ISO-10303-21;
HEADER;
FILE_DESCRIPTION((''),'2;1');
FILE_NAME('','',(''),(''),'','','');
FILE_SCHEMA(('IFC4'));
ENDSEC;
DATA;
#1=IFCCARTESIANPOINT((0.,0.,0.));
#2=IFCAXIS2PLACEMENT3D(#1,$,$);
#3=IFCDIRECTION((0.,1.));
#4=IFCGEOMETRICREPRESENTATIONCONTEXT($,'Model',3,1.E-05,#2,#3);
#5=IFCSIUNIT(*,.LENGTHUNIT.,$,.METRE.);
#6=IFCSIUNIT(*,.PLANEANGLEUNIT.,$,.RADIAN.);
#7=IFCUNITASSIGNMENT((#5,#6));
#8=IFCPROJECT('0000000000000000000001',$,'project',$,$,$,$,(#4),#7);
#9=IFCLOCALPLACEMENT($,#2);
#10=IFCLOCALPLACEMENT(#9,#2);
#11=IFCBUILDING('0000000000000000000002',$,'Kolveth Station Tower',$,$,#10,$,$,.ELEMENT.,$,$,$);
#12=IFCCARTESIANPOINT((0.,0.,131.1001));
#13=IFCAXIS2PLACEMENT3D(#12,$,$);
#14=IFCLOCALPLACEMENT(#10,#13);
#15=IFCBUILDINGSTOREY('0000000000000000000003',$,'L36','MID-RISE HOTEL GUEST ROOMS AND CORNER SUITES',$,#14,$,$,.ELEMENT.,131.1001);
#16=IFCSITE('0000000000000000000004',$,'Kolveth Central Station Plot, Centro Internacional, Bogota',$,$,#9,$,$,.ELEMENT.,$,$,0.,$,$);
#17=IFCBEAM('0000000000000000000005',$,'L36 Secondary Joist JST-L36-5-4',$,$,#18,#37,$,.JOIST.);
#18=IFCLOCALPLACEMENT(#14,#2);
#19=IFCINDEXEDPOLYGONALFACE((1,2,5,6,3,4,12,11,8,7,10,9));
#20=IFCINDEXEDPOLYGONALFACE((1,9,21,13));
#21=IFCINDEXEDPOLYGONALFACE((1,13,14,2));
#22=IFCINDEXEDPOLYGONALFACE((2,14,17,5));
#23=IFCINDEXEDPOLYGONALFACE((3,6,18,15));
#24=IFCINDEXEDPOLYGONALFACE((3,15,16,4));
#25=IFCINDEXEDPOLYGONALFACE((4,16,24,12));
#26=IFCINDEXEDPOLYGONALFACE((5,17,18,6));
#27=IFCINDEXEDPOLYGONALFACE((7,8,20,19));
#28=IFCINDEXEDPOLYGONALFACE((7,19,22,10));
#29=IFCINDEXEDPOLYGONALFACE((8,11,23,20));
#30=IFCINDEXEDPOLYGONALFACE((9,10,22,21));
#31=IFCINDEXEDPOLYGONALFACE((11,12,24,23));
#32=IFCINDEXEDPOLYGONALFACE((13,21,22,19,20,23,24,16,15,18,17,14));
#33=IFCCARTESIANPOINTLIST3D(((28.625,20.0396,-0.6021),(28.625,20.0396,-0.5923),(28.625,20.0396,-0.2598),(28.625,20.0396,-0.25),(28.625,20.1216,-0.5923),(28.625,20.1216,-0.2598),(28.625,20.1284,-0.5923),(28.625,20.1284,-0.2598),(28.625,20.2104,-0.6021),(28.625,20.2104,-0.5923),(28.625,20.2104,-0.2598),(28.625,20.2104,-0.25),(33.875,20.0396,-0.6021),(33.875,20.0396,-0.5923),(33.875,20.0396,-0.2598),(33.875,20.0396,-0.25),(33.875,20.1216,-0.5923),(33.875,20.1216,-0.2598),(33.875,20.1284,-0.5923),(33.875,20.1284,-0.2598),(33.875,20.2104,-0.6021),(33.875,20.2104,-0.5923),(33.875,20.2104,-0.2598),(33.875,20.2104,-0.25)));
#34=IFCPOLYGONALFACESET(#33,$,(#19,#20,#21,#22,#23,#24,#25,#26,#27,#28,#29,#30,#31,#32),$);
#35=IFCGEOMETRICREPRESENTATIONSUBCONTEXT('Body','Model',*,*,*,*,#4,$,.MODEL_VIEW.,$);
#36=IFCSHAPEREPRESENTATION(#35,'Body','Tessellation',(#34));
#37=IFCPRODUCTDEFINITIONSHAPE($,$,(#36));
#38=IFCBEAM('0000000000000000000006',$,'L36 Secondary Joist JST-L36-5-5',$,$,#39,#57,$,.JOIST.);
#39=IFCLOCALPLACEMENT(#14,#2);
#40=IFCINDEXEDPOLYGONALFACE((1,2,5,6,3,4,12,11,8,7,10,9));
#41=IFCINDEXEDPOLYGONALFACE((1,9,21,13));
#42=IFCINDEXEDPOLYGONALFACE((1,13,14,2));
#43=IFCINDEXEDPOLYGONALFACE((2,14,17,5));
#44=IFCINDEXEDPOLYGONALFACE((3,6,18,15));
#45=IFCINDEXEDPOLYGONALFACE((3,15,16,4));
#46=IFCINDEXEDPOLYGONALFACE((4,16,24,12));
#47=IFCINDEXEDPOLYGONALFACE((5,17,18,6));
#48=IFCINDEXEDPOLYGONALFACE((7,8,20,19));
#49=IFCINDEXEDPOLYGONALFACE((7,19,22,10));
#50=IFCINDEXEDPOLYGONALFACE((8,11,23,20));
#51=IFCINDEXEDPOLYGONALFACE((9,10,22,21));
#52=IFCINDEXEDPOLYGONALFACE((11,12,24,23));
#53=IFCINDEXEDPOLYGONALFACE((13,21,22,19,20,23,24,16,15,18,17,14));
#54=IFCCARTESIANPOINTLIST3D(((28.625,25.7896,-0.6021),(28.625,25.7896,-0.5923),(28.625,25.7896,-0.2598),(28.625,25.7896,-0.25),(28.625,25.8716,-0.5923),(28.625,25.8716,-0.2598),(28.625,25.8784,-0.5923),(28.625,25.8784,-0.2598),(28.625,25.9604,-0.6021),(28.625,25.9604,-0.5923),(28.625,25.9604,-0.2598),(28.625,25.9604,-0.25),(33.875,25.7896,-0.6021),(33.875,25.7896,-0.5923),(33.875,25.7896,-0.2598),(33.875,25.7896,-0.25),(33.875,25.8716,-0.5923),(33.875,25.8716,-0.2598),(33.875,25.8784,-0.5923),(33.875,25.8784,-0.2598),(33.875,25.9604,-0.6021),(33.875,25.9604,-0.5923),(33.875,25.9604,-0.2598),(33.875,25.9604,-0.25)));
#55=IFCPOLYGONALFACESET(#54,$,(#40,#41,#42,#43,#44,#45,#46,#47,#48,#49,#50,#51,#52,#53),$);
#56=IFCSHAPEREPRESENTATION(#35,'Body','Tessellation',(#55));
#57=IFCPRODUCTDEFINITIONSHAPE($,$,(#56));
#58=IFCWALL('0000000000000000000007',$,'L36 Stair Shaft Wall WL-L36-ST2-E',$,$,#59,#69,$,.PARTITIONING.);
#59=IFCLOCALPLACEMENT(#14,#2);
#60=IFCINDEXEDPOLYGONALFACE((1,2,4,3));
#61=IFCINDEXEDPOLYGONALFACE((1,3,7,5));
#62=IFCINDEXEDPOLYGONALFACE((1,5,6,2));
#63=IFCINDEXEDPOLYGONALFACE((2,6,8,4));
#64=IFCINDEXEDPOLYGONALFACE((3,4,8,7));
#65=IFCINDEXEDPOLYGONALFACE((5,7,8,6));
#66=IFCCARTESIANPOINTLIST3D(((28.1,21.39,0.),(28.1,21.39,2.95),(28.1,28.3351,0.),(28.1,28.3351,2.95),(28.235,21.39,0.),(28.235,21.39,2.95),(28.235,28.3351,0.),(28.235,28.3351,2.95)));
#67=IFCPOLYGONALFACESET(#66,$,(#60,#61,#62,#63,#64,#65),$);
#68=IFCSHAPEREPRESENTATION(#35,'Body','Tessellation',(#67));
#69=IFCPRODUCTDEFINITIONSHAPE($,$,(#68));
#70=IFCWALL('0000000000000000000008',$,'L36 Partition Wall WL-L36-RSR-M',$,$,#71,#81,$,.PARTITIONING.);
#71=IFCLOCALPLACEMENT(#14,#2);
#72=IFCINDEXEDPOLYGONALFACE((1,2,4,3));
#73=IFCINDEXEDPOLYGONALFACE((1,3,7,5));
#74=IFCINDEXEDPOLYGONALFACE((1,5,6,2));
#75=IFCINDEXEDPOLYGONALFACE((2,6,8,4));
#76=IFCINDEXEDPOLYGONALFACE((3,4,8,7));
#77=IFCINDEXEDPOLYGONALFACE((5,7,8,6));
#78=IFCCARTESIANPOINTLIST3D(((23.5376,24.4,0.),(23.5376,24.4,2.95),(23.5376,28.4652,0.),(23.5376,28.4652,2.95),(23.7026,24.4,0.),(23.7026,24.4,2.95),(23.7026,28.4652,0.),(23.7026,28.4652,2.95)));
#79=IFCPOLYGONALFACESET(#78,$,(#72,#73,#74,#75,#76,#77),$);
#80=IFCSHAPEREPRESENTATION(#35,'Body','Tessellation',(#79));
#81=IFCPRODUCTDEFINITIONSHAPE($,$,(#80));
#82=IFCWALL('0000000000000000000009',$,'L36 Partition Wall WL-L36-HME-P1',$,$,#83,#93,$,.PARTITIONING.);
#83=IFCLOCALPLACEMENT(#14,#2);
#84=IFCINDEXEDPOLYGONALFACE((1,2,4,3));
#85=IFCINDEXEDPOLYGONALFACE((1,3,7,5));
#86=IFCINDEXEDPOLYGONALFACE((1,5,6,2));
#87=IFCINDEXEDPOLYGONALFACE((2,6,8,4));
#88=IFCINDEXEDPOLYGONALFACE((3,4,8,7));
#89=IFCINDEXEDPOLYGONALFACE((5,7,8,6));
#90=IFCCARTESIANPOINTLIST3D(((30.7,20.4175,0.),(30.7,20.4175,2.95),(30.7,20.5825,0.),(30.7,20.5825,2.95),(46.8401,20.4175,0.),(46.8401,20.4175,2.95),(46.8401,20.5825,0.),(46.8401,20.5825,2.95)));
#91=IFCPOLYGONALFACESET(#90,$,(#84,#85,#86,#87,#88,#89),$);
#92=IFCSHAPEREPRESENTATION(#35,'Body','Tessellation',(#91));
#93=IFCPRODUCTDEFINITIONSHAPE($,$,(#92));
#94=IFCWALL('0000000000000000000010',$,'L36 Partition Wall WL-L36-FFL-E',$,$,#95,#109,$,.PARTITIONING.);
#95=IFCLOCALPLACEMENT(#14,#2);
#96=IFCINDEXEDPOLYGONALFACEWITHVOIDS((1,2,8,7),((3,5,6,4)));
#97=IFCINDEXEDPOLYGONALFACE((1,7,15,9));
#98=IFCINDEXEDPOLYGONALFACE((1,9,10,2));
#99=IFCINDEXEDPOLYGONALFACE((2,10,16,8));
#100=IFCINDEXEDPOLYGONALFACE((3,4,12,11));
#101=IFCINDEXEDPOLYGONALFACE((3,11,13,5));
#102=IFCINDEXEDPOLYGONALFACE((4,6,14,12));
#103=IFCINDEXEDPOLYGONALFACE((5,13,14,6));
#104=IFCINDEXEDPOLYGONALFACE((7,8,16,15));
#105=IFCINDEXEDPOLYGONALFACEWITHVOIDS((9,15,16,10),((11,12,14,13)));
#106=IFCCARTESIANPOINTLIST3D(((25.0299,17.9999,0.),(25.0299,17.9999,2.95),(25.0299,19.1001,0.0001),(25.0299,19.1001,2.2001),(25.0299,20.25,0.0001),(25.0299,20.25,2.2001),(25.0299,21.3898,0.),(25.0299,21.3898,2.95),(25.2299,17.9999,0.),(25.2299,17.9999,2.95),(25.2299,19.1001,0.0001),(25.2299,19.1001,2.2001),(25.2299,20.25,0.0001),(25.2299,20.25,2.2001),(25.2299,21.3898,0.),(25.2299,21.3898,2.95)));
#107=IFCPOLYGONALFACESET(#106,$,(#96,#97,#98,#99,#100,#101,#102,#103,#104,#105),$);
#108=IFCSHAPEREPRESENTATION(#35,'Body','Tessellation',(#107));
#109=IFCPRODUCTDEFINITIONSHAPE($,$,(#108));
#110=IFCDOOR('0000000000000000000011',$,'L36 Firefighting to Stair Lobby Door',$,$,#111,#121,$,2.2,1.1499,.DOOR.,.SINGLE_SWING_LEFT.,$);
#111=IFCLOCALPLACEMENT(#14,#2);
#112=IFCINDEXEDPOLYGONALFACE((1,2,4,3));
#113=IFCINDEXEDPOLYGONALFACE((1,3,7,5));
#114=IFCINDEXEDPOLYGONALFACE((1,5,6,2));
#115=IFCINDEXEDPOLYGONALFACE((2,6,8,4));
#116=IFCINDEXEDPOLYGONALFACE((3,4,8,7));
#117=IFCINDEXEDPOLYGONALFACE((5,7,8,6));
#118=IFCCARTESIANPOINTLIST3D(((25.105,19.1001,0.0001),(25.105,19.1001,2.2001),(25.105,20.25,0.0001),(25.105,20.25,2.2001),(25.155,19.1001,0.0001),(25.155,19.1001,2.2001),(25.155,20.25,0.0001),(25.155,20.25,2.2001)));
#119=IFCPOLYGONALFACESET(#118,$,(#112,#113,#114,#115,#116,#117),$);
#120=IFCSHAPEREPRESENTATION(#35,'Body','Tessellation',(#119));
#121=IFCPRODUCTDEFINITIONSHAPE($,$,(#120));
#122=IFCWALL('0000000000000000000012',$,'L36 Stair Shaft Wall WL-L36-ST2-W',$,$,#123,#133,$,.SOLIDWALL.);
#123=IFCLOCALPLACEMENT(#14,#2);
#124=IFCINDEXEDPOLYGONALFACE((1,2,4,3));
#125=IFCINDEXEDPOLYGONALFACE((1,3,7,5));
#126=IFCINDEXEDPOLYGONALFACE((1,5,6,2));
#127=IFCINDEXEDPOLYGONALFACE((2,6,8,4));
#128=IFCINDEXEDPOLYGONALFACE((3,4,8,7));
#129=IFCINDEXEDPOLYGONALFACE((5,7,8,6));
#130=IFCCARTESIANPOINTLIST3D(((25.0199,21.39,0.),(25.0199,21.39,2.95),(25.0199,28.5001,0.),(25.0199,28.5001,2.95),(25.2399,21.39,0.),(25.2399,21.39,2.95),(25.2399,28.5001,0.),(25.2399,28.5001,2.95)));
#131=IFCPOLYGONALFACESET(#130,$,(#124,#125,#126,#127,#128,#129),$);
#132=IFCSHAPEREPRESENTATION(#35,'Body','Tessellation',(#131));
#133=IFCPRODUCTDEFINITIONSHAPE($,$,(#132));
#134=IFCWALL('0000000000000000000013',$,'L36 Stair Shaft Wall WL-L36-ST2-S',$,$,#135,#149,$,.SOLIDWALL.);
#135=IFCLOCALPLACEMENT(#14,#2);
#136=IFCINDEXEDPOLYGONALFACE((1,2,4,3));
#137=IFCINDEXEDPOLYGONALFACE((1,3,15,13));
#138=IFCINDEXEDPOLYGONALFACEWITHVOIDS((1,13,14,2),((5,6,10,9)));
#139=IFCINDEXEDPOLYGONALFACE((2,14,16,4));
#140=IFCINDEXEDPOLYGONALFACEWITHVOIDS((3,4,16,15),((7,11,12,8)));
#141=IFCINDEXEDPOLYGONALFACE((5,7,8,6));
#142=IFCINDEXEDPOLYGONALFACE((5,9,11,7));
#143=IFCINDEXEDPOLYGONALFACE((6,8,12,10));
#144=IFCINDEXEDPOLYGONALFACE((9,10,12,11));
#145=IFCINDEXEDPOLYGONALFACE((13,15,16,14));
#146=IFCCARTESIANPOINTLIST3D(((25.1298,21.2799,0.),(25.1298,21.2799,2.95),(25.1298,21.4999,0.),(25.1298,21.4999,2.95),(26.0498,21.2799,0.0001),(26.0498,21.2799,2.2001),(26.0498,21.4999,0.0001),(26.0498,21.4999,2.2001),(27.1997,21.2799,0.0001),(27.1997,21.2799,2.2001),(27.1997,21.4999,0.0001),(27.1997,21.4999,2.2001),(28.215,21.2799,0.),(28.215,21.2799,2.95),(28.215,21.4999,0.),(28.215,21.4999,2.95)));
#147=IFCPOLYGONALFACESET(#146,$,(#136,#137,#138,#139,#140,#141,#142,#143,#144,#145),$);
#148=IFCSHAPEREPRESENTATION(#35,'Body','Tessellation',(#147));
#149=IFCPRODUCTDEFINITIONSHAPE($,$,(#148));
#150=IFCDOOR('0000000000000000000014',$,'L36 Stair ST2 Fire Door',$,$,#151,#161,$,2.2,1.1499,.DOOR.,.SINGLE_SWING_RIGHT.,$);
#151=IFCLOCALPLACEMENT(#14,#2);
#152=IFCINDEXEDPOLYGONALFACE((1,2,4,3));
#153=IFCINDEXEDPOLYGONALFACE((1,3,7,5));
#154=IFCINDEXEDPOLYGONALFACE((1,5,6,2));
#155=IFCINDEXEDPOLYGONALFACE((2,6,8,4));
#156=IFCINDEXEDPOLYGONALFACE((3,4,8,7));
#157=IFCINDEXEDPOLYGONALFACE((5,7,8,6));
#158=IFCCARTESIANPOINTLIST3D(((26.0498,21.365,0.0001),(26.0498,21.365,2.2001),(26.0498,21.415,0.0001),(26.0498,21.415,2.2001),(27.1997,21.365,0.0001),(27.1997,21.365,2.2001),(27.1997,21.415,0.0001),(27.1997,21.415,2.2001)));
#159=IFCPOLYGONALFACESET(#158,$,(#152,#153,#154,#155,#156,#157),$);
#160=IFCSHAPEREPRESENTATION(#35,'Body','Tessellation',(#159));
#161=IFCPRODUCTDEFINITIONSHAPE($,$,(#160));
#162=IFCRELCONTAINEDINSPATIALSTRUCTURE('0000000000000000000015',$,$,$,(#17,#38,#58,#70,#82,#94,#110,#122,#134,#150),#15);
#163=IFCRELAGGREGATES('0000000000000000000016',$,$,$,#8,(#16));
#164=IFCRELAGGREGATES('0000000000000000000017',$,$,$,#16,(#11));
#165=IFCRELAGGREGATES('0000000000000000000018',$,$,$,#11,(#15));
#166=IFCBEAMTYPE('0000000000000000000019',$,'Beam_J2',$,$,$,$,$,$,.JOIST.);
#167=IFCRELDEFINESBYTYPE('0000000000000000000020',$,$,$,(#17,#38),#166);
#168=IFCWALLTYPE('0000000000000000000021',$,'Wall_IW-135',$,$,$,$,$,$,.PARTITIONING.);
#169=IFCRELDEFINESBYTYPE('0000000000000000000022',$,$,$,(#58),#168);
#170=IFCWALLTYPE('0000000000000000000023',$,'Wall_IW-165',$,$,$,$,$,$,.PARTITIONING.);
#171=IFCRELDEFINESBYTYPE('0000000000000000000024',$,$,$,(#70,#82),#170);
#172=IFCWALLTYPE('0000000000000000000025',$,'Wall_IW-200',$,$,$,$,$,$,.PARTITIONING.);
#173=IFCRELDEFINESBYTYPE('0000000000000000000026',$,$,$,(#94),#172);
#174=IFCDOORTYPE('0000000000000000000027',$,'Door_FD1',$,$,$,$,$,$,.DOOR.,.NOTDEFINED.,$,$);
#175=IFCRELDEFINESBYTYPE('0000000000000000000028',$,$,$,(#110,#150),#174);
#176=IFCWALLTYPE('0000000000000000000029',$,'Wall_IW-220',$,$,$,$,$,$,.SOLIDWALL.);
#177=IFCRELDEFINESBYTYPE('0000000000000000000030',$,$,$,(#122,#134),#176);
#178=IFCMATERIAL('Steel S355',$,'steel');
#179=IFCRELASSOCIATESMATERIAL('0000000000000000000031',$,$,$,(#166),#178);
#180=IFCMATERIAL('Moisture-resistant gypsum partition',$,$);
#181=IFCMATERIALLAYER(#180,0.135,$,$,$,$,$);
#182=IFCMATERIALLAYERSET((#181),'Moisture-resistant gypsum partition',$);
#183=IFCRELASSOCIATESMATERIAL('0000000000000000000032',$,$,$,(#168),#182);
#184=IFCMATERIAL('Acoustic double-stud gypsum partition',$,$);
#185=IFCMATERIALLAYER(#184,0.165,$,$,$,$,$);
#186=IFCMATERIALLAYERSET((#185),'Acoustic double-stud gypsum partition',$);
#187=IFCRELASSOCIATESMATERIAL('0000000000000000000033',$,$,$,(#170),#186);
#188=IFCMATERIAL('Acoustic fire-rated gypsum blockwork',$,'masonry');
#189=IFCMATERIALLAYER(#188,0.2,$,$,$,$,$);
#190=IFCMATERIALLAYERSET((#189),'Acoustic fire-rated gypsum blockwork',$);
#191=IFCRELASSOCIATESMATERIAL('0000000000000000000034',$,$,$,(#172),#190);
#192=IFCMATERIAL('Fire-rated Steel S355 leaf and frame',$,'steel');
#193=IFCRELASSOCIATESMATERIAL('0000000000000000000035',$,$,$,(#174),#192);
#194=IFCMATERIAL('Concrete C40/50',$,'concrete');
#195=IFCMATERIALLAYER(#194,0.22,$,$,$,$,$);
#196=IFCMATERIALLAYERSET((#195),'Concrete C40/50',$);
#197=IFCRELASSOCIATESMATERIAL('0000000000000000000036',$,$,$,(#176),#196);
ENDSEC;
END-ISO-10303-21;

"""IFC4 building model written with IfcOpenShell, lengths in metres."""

from ifc_helpers import new_model, si_unit, direction, frame, frame_2d, origin, origin_2d, place, context, subcontext, project, spatial, rectangle, i_section, extrude, source, transform, mapped, material, layer, layer_set, material_profile, profile_set, type_object, element, fill, save


model = new_model("IFC4")

# Units and contexts
model_context = context("Model", 3, precision=1e-05, world=origin(), true_north=direction((0.0, 1.0)))
body_context = subcontext(model_context, "Body", "Model", "MODEL_VIEW")
ifc_project = project(units=[si_unit("LENGTHUNIT", "METRE"), si_unit("PLANEANGLEUNIT", "RADIAN")], contexts=[model_context])

# Site, building, storey
site_placement = place(None, origin())
site = spatial("IfcSite", under=ifc_project, at=site_placement, Name="Kolveth Central Station Plot, Centro Internacional, Bogota", CompositionType="ELEMENT", RefElevation=0.0)
building_placement = place(site_placement, origin())
building = spatial("IfcBuilding", under=site, at=building_placement, Name="Kolveth Station Tower", CompositionType="ELEMENT")
storey_placement = place(building_placement, frame((0.0, 0.0, 131.1001)))
storey = spatial("IfcBuildingStorey", under=building, at=storey_placement, Name="L36", Description="MID-RISE HOTEL GUEST ROOMS AND CORNER SUITES", CompositionType="ELEMENT", Elevation=131.1001)

# Shared definitions
ifc_material_1 = material(Name="Steel S355", Category="steel")

# Beams
ifc_material_profile_1 = material_profile(ifc_material_1, i_section(OverallWidth=0.1709, OverallDepth=0.3521, WebThickness=0.0068, FlangeThickness=0.0098, at=origin_2d()), Name="W360x44")
ifc_profile_set_1 = profile_set([ifc_material_profile_1], Name="Steel S355")
beam_type_1 = type_object("IfcBeamType", Name="Beam_J2", PredefinedType="JOIST", material=ifc_profile_set_1)
shared_shape_1 = source(origin(), body_context, "Body", "SweptSolid", [
    extrude(i_section(OverallWidth=0.1709, OverallDepth=0.3521, WebThickness=0.0068, FlangeThickness=0.0098, at=origin_2d()), origin(), (0.0, 0.0, 1.0), 5.25),
])
for number, where, z_axis, x_axis, name in (
    (1, (28.625, 20.125, -0.426), (1.0, 0.0, 0.0), (0.0, 1.0, 0.0), "L36 Secondary Joist JST-L36-5-4"),
    (2, (28.625, 25.875, -0.426), (1.0, 0.0, 0.0), (0.0, 1.0, 0.0), "L36 Secondary Joist JST-L36-5-5"),
):
    element("IfcBeam", number, at=place(storey_placement, frame(where, z_axis=z_axis, x_axis=x_axis)), inside=storey, type_object=beam_type_1, Name=name, PredefinedType="JOIST", context=body_context, shape_type="MappedRepresentation", body=[
        mapped(shared_shape_1, transform((0.0, 0.0, 0.0), x_axis=(1.0, 0.0, 0.0), y_axis=(0.0, 1.0, 0.0), z_axis=(0.0, 0.0, 1.0), scale=1.0)),
    ])

# Walls
ifc_material_2 = material(Name="Moisture-resistant gypsum partition")
ifc_layer_1 = layer(ifc_material_2, 0.135)
ifc_layer_set_1 = layer_set([ifc_layer_1], Name="Moisture-resistant gypsum partition")
wall_type_1 = type_object("IfcWallType", Name="Wall_IW-135", PredefinedType="PARTITIONING", material=ifc_layer_set_1)
wall_1_placement = place(storey_placement, frame((28.1675, 21.3899, 0.0), z_axis=(0.0, 0.0, 1.0), x_axis=(0.0, 1.0, 0.0)))
element("IfcWall", 3, at=wall_1_placement, inside=storey, type_object=wall_type_1, Name="L36 Stair Shaft Wall WL-L36-ST2-E", PredefinedType="PARTITIONING", context=body_context, shape_type="SweptSolid", body=[
    extrude(rectangle(XDim=6.9451, YDim=0.135, at=frame_2d((3.4727, 0.0))), origin(), (0.0, 0.0, 1.0), 2.95),
])
ifc_material_3 = material(Name="Acoustic double-stud gypsum partition")
ifc_layer_2 = layer(ifc_material_3, 0.165)
ifc_layer_set_2 = layer_set([ifc_layer_2], Name="Acoustic double-stud gypsum partition")
wall_type_2 = type_object("IfcWallType", Name="Wall_IW-165", PredefinedType="PARTITIONING", material=ifc_layer_set_2)
wall_2_placement = place(storey_placement, frame((23.6201, 24.3999, 0.0), z_axis=(0.0, 0.0, 1.0), x_axis=(0.0, 1.0, 0.0)))
element("IfcWall", 4, at=wall_2_placement, inside=storey, type_object=wall_type_2, Name="L36 Partition Wall WL-L36-RSR-M", PredefinedType="PARTITIONING", context=body_context, shape_type="SweptSolid", body=[
    extrude(rectangle(XDim=4.0652, YDim=0.165, at=frame_2d((2.0327, 0.0))), origin(), (0.0, 0.0, 1.0), 2.95),
])
wall_3_placement = place(storey_placement, frame((30.7, 20.5, 0.0), z_axis=(0.0, 0.0, 1.0), x_axis=(1.0, 0.0, 0.0)))
element("IfcWall", 5, at=wall_3_placement, inside=storey, type_object=wall_type_2, Name="L36 Partition Wall WL-L36-HME-P1", PredefinedType="PARTITIONING", context=body_context, shape_type="SweptSolid", body=[
    extrude(rectangle(XDim=16.1401, YDim=0.165, at=frame_2d((8.0701, 0.0))), origin(), (0.0, 0.0, 1.0), 2.95),
])

# Wall, opening, door
ifc_material_4 = material(Name="Acoustic fire-rated gypsum blockwork", Category="masonry")
ifc_layer_3 = layer(ifc_material_4, 0.2)
ifc_layer_set_3 = layer_set([ifc_layer_3], Name="Acoustic fire-rated gypsum blockwork")
wall_type_3 = type_object("IfcWallType", Name="Wall_IW-200", PredefinedType="PARTITIONING", material=ifc_layer_set_3)
wall_4_placement = place(storey_placement, frame((25.1299, 18.0, 0.0), z_axis=(0.0, 0.0, 1.0), x_axis=(0.0, 1.0, 0.0)))
wall_4 = element("IfcWall", 6, at=wall_4_placement, inside=storey, type_object=wall_type_3, Name="L36 Partition Wall WL-L36-FFL-E", PredefinedType="PARTITIONING", context=body_context, shape_type="SweptSolid", body=[
    extrude(rectangle(XDim=3.3899, YDim=0.2, at=frame_2d((1.6948, 0.0))), origin(), (0.0, 0.0, 1.0), 2.95),
])
opening_1_placement = place(wall_4_placement, frame((1.1001, 0.0, 0.0)))
opening_1 = element("IfcOpeningElement", 7, at=opening_1_placement, cuts=wall_4, PredefinedType="OPENING", context=body_context, shape_type="SweptSolid", body=[
    extrude(rectangle(XDim=1.1499, YDim=2.2, at=frame_2d((0.575, 1.1001))), frame((0.0, 0.1099, 0.0), z_axis=(0.0, -1.0, 0.0), x_axis=(1.0, 0.0, 0.0)), (0.0, 0.0, 1.0), 0.22),
])
ifc_material_5 = material(Name="Fire-rated Steel S355 leaf and frame", Category="steel")
door_type = type_object("IfcDoorType", Name="Door_FD1", OperationType="NOTDEFINED", PredefinedType="DOOR", material=ifc_material_5)
door_1_placement = place(opening_1_placement, origin())
door_1 = element("IfcDoor", 8, at=door_1_placement, inside=storey, type_object=door_type, Name="L36 Firefighting to Stair Lobby Door", OperationType="SINGLE_SWING_LEFT", OverallHeight=2.2, OverallWidth=1.1499, PredefinedType="DOOR", context=body_context, shape_type="SweptSolid", body=[
    extrude(rectangle(XDim=1.1499, YDim=2.2, at=frame_2d((0.575, 1.1001))), frame((0.0, 0.0249, 0.0), z_axis=(0.0, -1.0, 0.0), x_axis=(1.0, 0.0, 0.0)), (0.0, 0.0, 1.0), 0.05),
])
fill(opening_1, door_1)

# Wall
ifc_material_6 = material(Name="Concrete C40/50", Category="concrete")
ifc_layer_4 = layer(ifc_material_6, 0.22)
ifc_layer_set_4 = layer_set([ifc_layer_4], Name="Concrete C40/50")
wall_type_4 = type_object("IfcWallType", Name="Wall_IW-220", PredefinedType="SOLIDWALL", material=ifc_layer_set_4)
wall_5_placement = place(storey_placement, frame((25.1299, 21.3899, 0.0), z_axis=(0.0, 0.0, 1.0), x_axis=(0.0, 1.0, 0.0)))
element("IfcWall", 9, at=wall_5_placement, inside=storey, type_object=wall_type_4, Name="L36 Stair Shaft Wall WL-L36-ST2-W", PredefinedType="SOLIDWALL", context=body_context, shape_type="SweptSolid", body=[
    extrude(rectangle(XDim=7.1101, YDim=0.22, at=frame_2d((3.5552, 0.0))), origin(), (0.0, 0.0, 1.0), 2.95),
])

# Wall, opening, door
wall_6_placement = place(storey_placement, frame((25.1299, 21.3899, 0.0), z_axis=(0.0, 0.0, 1.0), x_axis=(1.0, 0.0, 0.0)))
wall_6 = element("IfcWall", 10, at=wall_6_placement, inside=storey, type_object=wall_type_4, Name="L36 Stair Shaft Wall WL-L36-ST2-S", PredefinedType="SOLIDWALL", context=body_context, shape_type="SweptSolid", body=[
    extrude(rectangle(XDim=3.0852, YDim=0.22, at=frame_2d((1.5425, 0.0))), origin(), (0.0, 0.0, 1.0), 2.95),
])
opening_2_placement = place(wall_6_placement, frame((0.9199, 0.0, 0.0)))
opening_2 = element("IfcOpeningElement", 11, at=opening_2_placement, cuts=wall_6, PredefinedType="OPENING", context=body_context, shape_type="SweptSolid", body=[
    extrude(rectangle(XDim=1.1499, YDim=2.2, at=frame_2d((0.575, 1.1001))), frame((0.0, 0.1199, 0.0), z_axis=(0.0, -1.0, 0.0), x_axis=(1.0, 0.0, 0.0)), (0.0, 0.0, 1.0), 0.24),
])
door_2_placement = place(opening_2_placement, frame((1.1499, 0.0, 0.0), z_axis=(0.0, 0.0, 1.0), x_axis=(-1.0, 0.0, 0.0)))
door_2 = element("IfcDoor", 12, at=door_2_placement, inside=storey, type_object=door_type, Name="L36 Stair ST2 Fire Door", OperationType="SINGLE_SWING_RIGHT", OverallHeight=2.2, OverallWidth=1.1499, PredefinedType="DOOR", context=body_context, shape_type="SweptSolid", body=[
    extrude(rectangle(XDim=1.1499, YDim=2.2, at=frame_2d((0.575, 1.1001))), frame((0.0, 0.0249, 0.0), z_axis=(0.0, -1.0, 0.0), x_axis=(1.0, 0.0, 0.0)), (0.0, 0.0, 1.0), 0.05),
])
fill(opening_2, door_2)

save(model, "model.ifc")
